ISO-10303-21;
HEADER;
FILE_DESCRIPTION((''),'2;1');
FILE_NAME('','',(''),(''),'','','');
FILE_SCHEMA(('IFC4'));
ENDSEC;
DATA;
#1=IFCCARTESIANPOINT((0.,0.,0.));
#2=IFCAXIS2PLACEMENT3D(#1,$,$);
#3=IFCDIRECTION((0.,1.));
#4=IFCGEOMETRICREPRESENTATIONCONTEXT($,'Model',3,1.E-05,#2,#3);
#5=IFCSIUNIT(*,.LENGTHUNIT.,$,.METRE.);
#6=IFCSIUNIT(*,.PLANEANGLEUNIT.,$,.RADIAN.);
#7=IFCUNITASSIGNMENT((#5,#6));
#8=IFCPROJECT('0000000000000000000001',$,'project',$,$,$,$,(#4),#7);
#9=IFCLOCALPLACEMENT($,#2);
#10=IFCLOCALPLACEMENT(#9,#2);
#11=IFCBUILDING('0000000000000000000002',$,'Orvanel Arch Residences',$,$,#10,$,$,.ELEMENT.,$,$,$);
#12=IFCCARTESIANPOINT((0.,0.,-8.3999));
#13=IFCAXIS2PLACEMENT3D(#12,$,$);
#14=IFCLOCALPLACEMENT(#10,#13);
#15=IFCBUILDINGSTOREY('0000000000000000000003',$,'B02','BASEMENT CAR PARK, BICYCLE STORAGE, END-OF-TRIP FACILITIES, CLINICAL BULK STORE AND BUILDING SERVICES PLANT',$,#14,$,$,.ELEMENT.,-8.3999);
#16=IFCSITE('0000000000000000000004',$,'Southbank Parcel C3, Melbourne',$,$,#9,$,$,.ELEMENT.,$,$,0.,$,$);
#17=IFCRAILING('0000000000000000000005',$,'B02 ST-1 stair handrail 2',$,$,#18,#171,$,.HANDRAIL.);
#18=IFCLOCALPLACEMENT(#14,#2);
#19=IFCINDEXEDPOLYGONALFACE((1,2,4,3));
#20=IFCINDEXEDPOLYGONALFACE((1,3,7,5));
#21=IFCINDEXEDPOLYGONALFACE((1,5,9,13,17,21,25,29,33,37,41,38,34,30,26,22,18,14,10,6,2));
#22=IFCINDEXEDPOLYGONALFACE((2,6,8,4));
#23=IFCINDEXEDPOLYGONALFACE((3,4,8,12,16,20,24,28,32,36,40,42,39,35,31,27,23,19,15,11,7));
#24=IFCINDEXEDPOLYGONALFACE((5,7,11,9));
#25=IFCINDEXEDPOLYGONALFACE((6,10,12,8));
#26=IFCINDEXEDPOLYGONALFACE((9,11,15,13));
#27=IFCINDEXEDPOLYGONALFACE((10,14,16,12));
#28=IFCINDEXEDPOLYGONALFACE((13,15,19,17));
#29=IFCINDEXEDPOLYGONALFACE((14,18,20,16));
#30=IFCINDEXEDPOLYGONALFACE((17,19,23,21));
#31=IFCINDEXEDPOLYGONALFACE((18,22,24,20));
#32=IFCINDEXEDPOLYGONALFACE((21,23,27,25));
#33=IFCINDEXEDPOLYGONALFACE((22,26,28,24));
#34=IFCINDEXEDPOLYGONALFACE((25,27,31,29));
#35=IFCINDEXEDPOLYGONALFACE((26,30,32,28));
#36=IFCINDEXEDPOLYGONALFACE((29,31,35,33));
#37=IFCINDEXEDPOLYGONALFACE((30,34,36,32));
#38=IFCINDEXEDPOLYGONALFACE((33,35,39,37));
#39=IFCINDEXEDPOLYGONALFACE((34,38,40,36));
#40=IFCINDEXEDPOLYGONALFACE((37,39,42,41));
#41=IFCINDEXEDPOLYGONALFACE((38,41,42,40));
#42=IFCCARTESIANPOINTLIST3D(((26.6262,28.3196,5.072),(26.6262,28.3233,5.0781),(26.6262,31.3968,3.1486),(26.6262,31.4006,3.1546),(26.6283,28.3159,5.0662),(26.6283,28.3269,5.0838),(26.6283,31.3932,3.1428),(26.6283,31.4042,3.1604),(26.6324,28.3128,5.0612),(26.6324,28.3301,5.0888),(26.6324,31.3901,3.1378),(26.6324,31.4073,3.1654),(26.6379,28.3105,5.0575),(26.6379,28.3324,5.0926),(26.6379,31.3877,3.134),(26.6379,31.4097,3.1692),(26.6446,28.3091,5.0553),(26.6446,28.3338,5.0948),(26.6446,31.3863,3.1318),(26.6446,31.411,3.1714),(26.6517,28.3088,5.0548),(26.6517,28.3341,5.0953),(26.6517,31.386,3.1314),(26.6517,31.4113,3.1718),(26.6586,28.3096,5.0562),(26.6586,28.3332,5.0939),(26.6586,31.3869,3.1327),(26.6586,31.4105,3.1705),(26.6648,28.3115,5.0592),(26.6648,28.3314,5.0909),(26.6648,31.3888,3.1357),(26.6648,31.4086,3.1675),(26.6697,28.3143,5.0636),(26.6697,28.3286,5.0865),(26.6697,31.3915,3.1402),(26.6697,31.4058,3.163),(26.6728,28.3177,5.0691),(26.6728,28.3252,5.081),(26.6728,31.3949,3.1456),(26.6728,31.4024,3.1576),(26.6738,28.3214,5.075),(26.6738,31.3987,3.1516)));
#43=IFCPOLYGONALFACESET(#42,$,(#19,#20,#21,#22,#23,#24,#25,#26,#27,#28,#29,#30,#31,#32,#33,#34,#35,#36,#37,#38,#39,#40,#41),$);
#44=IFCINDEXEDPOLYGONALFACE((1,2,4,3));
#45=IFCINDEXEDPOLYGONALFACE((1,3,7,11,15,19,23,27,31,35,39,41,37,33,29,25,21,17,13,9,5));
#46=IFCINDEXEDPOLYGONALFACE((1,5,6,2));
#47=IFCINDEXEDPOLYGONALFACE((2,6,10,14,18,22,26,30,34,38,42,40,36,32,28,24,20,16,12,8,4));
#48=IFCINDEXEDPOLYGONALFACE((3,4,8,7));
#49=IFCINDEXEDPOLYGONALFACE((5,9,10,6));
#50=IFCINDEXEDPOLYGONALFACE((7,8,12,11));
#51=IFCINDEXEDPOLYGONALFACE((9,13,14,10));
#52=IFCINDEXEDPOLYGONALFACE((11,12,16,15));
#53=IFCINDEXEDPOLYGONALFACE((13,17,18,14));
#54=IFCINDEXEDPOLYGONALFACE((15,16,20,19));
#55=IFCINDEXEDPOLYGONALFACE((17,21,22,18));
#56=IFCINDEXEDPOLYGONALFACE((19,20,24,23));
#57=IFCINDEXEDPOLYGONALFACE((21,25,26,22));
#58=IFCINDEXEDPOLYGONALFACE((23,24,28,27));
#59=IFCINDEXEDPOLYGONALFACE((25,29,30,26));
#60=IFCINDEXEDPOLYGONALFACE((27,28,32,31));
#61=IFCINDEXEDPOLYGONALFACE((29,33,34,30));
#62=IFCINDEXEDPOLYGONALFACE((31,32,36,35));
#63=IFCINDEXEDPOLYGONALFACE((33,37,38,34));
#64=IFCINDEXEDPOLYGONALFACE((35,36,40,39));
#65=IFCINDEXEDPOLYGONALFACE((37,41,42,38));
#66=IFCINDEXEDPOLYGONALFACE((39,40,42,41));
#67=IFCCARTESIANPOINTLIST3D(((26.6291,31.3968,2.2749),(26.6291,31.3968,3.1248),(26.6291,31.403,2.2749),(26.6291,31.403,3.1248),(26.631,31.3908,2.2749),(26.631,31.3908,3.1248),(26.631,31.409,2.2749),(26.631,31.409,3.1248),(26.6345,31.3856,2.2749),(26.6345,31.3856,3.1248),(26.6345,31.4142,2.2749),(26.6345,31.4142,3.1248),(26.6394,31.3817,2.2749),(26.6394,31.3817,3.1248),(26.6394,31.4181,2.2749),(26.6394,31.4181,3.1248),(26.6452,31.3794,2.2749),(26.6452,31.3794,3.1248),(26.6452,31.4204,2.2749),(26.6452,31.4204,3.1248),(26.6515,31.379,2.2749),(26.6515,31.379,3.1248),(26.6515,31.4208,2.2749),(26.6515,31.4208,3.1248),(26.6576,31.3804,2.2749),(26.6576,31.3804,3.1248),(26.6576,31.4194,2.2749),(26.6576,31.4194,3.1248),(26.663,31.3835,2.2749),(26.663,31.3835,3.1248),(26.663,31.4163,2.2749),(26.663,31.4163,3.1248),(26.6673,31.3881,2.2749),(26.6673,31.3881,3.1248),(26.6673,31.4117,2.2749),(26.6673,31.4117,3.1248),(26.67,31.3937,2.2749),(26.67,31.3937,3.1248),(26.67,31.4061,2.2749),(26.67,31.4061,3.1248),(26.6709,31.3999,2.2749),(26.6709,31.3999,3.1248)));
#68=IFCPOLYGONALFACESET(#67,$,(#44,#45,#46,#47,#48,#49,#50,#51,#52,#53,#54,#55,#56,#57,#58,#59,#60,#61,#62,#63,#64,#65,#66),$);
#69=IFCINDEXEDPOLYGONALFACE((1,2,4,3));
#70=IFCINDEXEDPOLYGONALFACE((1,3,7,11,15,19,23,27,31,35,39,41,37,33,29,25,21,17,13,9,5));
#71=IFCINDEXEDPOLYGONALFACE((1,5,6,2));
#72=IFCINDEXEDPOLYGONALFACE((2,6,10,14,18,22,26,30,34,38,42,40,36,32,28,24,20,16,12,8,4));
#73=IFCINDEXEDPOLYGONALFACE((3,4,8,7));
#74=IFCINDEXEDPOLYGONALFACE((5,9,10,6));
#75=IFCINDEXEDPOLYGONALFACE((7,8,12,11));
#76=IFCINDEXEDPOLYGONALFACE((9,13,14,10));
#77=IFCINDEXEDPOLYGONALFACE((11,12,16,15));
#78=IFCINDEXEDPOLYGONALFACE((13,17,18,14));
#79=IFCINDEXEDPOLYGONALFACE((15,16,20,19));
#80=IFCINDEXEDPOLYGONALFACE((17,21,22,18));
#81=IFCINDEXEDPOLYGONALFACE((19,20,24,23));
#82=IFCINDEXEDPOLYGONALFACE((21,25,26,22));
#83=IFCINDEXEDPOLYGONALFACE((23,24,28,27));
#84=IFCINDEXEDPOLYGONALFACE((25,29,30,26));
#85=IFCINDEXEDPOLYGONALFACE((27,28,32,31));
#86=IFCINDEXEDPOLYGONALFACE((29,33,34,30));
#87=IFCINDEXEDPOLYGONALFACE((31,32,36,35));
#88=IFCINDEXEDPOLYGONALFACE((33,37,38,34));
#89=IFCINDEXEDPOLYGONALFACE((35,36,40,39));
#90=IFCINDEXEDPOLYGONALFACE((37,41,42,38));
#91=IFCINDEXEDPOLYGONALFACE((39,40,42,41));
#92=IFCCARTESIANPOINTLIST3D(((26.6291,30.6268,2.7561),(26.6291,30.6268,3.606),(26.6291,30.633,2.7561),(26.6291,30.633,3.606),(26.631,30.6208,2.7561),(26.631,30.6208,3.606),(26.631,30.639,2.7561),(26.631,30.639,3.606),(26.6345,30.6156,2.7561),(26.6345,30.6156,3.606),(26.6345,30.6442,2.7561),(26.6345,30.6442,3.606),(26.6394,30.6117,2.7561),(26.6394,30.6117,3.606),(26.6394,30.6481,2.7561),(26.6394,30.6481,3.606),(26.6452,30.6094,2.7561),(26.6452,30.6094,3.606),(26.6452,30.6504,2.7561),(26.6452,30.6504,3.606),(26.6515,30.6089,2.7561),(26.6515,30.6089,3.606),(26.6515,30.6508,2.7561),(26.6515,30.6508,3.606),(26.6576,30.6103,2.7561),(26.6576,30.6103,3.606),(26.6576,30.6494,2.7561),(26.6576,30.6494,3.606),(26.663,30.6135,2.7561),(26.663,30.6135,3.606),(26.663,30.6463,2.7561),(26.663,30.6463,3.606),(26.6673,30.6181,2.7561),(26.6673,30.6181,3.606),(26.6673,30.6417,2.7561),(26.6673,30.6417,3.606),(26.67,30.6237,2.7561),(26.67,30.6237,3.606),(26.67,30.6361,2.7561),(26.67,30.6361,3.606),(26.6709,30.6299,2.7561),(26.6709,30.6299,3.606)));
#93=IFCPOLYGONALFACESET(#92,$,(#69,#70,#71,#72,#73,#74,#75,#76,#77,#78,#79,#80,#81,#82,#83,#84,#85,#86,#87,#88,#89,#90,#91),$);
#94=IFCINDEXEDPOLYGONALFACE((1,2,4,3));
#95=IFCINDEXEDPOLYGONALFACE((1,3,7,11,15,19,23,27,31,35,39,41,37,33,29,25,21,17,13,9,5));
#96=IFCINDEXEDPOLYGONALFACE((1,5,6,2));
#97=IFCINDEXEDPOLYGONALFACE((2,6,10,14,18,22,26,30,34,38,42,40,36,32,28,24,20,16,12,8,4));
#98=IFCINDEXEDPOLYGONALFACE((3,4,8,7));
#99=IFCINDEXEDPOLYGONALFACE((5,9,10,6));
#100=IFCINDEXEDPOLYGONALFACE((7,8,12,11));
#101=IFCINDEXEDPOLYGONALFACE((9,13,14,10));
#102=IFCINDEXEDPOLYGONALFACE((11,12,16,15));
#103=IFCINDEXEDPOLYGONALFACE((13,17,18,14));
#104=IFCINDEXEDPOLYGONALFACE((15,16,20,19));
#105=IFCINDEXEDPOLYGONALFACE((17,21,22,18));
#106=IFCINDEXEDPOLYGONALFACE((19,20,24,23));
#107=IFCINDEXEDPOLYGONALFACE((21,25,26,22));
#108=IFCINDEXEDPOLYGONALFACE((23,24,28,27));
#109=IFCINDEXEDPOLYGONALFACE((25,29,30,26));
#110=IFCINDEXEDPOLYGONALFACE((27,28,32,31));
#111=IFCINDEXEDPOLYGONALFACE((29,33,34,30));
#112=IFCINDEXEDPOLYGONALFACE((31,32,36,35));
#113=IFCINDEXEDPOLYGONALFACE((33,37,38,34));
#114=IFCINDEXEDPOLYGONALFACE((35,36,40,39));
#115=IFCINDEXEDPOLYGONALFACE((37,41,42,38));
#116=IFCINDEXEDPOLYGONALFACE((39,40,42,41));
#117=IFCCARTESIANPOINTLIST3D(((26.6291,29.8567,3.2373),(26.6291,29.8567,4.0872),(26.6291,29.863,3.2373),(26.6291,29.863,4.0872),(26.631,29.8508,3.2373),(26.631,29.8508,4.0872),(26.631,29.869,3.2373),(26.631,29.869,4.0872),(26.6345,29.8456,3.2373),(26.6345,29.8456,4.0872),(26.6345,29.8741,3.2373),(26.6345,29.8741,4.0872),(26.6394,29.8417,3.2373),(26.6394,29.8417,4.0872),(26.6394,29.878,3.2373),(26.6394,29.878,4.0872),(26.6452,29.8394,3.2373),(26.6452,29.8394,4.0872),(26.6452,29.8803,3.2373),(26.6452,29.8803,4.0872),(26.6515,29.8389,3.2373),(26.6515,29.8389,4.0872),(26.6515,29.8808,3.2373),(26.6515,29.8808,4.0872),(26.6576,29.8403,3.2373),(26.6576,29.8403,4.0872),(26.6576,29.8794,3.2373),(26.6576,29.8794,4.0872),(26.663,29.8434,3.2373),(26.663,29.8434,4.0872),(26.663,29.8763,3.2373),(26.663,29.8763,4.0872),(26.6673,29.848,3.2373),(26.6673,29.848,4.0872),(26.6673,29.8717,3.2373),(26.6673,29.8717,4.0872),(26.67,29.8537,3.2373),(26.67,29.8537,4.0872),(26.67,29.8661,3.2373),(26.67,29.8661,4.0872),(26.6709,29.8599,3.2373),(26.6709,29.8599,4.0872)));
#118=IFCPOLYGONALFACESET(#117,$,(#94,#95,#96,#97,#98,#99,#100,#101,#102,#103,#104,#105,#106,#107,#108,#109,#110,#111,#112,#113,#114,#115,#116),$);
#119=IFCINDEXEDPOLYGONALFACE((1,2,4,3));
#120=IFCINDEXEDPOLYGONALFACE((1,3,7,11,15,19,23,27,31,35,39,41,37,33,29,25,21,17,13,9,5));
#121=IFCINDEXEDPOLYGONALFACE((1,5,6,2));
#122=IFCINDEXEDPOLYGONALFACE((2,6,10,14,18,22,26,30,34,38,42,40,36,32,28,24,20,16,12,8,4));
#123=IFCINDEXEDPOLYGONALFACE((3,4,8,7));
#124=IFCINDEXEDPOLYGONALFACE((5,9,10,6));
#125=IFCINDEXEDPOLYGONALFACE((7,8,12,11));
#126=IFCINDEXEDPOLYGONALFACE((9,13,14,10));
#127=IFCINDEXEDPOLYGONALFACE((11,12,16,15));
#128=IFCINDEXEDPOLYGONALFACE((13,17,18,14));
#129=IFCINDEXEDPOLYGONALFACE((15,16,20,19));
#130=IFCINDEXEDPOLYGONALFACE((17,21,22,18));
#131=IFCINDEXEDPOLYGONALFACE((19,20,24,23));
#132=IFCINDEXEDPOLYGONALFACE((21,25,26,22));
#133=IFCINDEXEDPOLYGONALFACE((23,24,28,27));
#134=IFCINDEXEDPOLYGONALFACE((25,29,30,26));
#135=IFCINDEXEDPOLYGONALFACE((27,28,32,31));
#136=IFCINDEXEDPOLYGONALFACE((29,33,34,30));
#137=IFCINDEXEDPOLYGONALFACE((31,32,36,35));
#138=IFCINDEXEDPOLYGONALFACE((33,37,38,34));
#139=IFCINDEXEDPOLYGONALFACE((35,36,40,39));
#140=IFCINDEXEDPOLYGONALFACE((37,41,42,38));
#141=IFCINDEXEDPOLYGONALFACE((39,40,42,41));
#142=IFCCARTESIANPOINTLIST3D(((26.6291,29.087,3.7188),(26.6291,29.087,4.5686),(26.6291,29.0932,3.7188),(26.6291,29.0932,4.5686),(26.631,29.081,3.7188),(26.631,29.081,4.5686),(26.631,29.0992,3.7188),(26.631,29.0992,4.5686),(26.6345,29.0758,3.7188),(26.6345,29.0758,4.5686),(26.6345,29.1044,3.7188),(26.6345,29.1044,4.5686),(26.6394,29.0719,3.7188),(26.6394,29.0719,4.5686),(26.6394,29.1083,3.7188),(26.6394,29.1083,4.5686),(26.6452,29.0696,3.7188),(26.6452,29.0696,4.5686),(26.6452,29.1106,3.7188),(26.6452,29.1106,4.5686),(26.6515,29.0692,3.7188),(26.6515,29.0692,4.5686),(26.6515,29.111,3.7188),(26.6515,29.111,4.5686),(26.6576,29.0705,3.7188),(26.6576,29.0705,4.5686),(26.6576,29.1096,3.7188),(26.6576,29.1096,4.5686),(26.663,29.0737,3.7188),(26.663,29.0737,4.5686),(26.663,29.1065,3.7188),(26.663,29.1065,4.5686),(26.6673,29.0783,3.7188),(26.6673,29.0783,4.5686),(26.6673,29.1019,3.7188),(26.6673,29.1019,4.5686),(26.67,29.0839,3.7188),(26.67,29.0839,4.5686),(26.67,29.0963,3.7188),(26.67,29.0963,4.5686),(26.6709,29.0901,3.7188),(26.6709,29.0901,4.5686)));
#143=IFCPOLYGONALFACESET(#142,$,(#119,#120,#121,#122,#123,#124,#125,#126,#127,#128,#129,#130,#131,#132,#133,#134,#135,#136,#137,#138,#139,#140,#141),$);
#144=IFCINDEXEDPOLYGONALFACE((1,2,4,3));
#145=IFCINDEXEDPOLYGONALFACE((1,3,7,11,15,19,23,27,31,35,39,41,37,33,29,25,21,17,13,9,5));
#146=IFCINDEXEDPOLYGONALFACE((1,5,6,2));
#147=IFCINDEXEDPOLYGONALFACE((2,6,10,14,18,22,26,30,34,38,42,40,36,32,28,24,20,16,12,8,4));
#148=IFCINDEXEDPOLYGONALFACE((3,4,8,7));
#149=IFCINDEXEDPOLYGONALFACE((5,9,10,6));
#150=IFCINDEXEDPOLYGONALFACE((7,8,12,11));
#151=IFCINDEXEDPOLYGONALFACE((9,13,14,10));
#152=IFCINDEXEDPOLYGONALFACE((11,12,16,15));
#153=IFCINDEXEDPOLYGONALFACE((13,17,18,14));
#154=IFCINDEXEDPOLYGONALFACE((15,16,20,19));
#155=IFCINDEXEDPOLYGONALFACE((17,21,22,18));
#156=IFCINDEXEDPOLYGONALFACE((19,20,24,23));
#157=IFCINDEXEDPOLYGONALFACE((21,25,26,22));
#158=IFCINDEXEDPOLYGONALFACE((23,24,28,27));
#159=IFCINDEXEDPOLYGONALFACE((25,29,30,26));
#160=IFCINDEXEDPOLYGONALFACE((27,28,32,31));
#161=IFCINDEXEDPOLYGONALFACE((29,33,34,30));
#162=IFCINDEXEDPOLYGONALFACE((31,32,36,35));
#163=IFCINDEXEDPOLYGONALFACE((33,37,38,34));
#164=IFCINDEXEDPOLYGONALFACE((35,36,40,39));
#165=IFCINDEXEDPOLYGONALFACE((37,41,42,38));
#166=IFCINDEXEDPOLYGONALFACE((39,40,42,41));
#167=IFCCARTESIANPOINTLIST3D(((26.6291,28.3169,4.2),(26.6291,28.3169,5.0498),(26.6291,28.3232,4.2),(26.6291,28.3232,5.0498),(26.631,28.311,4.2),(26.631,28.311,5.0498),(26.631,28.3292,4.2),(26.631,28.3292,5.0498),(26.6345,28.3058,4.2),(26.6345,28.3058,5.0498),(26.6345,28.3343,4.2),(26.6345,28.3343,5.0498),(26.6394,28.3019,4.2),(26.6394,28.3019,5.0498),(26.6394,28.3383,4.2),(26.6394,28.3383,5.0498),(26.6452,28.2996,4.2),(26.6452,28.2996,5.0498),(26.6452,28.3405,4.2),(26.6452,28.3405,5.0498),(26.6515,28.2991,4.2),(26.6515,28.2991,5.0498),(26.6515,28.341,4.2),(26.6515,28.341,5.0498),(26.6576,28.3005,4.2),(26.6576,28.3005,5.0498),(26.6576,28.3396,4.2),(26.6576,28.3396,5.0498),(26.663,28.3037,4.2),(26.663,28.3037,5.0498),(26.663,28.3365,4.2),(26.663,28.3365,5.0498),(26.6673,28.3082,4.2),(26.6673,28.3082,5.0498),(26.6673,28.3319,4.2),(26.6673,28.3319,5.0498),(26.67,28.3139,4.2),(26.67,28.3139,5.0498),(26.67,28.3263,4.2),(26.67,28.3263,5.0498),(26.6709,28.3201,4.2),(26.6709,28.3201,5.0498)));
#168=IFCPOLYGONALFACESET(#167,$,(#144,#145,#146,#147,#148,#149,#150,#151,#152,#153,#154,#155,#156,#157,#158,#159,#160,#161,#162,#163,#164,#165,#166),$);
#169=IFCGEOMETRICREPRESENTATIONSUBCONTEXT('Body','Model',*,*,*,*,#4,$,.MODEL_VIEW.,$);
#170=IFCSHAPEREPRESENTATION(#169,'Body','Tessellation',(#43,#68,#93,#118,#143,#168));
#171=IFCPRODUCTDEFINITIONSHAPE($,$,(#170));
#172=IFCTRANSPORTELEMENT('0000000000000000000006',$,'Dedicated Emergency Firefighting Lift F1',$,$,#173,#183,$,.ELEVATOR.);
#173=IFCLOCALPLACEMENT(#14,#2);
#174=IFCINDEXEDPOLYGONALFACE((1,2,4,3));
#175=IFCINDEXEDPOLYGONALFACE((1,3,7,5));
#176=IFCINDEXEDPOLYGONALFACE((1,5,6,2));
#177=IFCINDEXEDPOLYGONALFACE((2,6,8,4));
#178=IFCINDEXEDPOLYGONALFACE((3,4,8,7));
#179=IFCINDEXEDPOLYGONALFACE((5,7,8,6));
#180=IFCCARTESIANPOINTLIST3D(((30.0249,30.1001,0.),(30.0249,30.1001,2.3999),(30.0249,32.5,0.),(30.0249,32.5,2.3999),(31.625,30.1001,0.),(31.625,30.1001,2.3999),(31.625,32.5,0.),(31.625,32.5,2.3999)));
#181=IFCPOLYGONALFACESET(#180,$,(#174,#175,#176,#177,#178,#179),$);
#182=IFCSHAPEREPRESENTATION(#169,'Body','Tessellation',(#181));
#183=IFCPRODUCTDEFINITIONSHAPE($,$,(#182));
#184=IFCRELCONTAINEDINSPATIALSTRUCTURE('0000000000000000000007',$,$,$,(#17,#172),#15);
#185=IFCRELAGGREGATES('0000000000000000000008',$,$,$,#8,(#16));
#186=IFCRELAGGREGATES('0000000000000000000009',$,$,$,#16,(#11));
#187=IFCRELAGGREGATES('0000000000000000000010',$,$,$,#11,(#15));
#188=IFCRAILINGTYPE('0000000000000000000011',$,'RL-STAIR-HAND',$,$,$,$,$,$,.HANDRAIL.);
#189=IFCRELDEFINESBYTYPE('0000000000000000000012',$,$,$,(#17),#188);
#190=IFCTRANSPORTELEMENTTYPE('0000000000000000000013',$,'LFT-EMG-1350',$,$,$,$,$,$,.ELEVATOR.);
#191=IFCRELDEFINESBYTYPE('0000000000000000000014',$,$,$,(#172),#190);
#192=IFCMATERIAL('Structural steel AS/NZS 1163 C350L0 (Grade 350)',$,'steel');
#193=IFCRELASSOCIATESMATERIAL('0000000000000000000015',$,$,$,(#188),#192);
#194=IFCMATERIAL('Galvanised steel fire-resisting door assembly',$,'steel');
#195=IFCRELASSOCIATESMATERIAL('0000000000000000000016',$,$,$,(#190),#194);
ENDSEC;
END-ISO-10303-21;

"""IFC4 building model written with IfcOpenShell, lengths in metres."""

from ifc_helpers import new_model, si_unit, direction, frame, origin, origin_2d, place, context, subcontext, project, spatial, rectangle, circle, extrude, material, type_object, element, save


model = new_model("IFC4")

# Units and contexts
model_context = context("Model", 3, precision=1e-05, world=origin(), true_north=direction((0.0, 1.0)))
body_context = subcontext(model_context, "Body", "Model", "MODEL_VIEW")
ifc_project = project(units=[si_unit("LENGTHUNIT", "METRE"), si_unit("PLANEANGLEUNIT", "RADIAN")], contexts=[model_context])

# Site, building, storey
site_placement = place(None, origin())
site = spatial("IfcSite", under=ifc_project, at=site_placement, Name="Southbank Parcel C3, Melbourne", CompositionType="ELEMENT", RefElevation=0.0)
building_placement = place(site_placement, origin())
building = spatial("IfcBuilding", under=site, at=building_placement, Name="Orvanel Arch Residences", CompositionType="ELEMENT")
storey_placement = place(building_placement, frame((0.0, 0.0, -8.3999)))
storey = spatial("IfcBuildingStorey", under=building, at=storey_placement, Name="B02", Description="BASEMENT CAR PARK, BICYCLE STORAGE, END-OF-TRIP FACILITIES, CLINICAL BULK STORE AND BUILDING SERVICES PLANT", CompositionType="ELEMENT", Elevation=-8.3999)

# Shared definitions
ifc_material_1 = material(Name="Galvanised steel fire-resisting door assembly", Category="steel")

# Railing
ifc_material_2 = material(Name="Structural steel AS/NZS 1163 C350L0 (Grade 350)", Category="steel")
railing_type_1 = type_object("IfcRailingType", Name="RL-STAIR-HAND", PredefinedType="HANDRAIL", material=ifc_material_2)
railing_1_placement = place(storey_placement, frame((26.6499, 31.3999, 2.2749)))
element("IfcRailing", 1, at=railing_1_placement, inside=storey, type_object=railing_type_1, Name="B02 ST-1 stair handrail 2", PredefinedType="HANDRAIL", context=body_context, shape_type="SweptSolid", body=[
    extrude(circle(Radius=0.0239, at=origin_2d()), frame((0.0, -0.0012, 0.8767), z_axis=(0.0, -0.847979, 0.530029), x_axis=(1.0, 0.0, 0.0)), (0.0, 0.0, 1.0), 3.6289),
    extrude(circle(Radius=0.021, at=origin_2d()), origin(), (0.0, 0.0, 1.0), 0.8499),
    extrude(circle(Radius=0.021, at=origin_2d()), frame((0.0, -0.77, 0.4812)), (0.0, 0.0, 1.0), 0.8499),
    extrude(circle(Radius=0.021, at=origin_2d()), frame((0.0, -1.54, 0.9624)), (0.0, 0.0, 1.0), 0.8499),
    extrude(circle(Radius=0.021, at=origin_2d()), frame((0.0, -2.3098, 1.4438)), (0.0, 0.0, 1.0), 0.8499),
    extrude(circle(Radius=0.021, at=origin_2d()), frame((0.0, -3.0798, 1.925)), (0.0, 0.0, 1.0), 0.8499),
])

# Transport element
transport_element_type = type_object("IfcTransportElementType", Name="LFT-EMG-1350", PredefinedType="ELEVATOR", material=ifc_material_1)
transport_element_placement = place(storey_placement, frame((30.825, 31.3, 0.0), z_axis=(0.0, 0.0, 1.0), x_axis=(1.0, 0.0, 0.0)))
element("IfcTransportElement", 2, at=transport_element_placement, inside=storey, type_object=transport_element_type, Name="Dedicated Emergency Firefighting Lift F1", PredefinedType="ELEVATOR", context=body_context, shape_type="SweptSolid", body=[
    extrude(rectangle(XDim=1.6001, YDim=2.3999, at=origin_2d()), origin(), (0.0, 0.0, 1.0), 2.3999),
])

save(model, "model.ifc")
